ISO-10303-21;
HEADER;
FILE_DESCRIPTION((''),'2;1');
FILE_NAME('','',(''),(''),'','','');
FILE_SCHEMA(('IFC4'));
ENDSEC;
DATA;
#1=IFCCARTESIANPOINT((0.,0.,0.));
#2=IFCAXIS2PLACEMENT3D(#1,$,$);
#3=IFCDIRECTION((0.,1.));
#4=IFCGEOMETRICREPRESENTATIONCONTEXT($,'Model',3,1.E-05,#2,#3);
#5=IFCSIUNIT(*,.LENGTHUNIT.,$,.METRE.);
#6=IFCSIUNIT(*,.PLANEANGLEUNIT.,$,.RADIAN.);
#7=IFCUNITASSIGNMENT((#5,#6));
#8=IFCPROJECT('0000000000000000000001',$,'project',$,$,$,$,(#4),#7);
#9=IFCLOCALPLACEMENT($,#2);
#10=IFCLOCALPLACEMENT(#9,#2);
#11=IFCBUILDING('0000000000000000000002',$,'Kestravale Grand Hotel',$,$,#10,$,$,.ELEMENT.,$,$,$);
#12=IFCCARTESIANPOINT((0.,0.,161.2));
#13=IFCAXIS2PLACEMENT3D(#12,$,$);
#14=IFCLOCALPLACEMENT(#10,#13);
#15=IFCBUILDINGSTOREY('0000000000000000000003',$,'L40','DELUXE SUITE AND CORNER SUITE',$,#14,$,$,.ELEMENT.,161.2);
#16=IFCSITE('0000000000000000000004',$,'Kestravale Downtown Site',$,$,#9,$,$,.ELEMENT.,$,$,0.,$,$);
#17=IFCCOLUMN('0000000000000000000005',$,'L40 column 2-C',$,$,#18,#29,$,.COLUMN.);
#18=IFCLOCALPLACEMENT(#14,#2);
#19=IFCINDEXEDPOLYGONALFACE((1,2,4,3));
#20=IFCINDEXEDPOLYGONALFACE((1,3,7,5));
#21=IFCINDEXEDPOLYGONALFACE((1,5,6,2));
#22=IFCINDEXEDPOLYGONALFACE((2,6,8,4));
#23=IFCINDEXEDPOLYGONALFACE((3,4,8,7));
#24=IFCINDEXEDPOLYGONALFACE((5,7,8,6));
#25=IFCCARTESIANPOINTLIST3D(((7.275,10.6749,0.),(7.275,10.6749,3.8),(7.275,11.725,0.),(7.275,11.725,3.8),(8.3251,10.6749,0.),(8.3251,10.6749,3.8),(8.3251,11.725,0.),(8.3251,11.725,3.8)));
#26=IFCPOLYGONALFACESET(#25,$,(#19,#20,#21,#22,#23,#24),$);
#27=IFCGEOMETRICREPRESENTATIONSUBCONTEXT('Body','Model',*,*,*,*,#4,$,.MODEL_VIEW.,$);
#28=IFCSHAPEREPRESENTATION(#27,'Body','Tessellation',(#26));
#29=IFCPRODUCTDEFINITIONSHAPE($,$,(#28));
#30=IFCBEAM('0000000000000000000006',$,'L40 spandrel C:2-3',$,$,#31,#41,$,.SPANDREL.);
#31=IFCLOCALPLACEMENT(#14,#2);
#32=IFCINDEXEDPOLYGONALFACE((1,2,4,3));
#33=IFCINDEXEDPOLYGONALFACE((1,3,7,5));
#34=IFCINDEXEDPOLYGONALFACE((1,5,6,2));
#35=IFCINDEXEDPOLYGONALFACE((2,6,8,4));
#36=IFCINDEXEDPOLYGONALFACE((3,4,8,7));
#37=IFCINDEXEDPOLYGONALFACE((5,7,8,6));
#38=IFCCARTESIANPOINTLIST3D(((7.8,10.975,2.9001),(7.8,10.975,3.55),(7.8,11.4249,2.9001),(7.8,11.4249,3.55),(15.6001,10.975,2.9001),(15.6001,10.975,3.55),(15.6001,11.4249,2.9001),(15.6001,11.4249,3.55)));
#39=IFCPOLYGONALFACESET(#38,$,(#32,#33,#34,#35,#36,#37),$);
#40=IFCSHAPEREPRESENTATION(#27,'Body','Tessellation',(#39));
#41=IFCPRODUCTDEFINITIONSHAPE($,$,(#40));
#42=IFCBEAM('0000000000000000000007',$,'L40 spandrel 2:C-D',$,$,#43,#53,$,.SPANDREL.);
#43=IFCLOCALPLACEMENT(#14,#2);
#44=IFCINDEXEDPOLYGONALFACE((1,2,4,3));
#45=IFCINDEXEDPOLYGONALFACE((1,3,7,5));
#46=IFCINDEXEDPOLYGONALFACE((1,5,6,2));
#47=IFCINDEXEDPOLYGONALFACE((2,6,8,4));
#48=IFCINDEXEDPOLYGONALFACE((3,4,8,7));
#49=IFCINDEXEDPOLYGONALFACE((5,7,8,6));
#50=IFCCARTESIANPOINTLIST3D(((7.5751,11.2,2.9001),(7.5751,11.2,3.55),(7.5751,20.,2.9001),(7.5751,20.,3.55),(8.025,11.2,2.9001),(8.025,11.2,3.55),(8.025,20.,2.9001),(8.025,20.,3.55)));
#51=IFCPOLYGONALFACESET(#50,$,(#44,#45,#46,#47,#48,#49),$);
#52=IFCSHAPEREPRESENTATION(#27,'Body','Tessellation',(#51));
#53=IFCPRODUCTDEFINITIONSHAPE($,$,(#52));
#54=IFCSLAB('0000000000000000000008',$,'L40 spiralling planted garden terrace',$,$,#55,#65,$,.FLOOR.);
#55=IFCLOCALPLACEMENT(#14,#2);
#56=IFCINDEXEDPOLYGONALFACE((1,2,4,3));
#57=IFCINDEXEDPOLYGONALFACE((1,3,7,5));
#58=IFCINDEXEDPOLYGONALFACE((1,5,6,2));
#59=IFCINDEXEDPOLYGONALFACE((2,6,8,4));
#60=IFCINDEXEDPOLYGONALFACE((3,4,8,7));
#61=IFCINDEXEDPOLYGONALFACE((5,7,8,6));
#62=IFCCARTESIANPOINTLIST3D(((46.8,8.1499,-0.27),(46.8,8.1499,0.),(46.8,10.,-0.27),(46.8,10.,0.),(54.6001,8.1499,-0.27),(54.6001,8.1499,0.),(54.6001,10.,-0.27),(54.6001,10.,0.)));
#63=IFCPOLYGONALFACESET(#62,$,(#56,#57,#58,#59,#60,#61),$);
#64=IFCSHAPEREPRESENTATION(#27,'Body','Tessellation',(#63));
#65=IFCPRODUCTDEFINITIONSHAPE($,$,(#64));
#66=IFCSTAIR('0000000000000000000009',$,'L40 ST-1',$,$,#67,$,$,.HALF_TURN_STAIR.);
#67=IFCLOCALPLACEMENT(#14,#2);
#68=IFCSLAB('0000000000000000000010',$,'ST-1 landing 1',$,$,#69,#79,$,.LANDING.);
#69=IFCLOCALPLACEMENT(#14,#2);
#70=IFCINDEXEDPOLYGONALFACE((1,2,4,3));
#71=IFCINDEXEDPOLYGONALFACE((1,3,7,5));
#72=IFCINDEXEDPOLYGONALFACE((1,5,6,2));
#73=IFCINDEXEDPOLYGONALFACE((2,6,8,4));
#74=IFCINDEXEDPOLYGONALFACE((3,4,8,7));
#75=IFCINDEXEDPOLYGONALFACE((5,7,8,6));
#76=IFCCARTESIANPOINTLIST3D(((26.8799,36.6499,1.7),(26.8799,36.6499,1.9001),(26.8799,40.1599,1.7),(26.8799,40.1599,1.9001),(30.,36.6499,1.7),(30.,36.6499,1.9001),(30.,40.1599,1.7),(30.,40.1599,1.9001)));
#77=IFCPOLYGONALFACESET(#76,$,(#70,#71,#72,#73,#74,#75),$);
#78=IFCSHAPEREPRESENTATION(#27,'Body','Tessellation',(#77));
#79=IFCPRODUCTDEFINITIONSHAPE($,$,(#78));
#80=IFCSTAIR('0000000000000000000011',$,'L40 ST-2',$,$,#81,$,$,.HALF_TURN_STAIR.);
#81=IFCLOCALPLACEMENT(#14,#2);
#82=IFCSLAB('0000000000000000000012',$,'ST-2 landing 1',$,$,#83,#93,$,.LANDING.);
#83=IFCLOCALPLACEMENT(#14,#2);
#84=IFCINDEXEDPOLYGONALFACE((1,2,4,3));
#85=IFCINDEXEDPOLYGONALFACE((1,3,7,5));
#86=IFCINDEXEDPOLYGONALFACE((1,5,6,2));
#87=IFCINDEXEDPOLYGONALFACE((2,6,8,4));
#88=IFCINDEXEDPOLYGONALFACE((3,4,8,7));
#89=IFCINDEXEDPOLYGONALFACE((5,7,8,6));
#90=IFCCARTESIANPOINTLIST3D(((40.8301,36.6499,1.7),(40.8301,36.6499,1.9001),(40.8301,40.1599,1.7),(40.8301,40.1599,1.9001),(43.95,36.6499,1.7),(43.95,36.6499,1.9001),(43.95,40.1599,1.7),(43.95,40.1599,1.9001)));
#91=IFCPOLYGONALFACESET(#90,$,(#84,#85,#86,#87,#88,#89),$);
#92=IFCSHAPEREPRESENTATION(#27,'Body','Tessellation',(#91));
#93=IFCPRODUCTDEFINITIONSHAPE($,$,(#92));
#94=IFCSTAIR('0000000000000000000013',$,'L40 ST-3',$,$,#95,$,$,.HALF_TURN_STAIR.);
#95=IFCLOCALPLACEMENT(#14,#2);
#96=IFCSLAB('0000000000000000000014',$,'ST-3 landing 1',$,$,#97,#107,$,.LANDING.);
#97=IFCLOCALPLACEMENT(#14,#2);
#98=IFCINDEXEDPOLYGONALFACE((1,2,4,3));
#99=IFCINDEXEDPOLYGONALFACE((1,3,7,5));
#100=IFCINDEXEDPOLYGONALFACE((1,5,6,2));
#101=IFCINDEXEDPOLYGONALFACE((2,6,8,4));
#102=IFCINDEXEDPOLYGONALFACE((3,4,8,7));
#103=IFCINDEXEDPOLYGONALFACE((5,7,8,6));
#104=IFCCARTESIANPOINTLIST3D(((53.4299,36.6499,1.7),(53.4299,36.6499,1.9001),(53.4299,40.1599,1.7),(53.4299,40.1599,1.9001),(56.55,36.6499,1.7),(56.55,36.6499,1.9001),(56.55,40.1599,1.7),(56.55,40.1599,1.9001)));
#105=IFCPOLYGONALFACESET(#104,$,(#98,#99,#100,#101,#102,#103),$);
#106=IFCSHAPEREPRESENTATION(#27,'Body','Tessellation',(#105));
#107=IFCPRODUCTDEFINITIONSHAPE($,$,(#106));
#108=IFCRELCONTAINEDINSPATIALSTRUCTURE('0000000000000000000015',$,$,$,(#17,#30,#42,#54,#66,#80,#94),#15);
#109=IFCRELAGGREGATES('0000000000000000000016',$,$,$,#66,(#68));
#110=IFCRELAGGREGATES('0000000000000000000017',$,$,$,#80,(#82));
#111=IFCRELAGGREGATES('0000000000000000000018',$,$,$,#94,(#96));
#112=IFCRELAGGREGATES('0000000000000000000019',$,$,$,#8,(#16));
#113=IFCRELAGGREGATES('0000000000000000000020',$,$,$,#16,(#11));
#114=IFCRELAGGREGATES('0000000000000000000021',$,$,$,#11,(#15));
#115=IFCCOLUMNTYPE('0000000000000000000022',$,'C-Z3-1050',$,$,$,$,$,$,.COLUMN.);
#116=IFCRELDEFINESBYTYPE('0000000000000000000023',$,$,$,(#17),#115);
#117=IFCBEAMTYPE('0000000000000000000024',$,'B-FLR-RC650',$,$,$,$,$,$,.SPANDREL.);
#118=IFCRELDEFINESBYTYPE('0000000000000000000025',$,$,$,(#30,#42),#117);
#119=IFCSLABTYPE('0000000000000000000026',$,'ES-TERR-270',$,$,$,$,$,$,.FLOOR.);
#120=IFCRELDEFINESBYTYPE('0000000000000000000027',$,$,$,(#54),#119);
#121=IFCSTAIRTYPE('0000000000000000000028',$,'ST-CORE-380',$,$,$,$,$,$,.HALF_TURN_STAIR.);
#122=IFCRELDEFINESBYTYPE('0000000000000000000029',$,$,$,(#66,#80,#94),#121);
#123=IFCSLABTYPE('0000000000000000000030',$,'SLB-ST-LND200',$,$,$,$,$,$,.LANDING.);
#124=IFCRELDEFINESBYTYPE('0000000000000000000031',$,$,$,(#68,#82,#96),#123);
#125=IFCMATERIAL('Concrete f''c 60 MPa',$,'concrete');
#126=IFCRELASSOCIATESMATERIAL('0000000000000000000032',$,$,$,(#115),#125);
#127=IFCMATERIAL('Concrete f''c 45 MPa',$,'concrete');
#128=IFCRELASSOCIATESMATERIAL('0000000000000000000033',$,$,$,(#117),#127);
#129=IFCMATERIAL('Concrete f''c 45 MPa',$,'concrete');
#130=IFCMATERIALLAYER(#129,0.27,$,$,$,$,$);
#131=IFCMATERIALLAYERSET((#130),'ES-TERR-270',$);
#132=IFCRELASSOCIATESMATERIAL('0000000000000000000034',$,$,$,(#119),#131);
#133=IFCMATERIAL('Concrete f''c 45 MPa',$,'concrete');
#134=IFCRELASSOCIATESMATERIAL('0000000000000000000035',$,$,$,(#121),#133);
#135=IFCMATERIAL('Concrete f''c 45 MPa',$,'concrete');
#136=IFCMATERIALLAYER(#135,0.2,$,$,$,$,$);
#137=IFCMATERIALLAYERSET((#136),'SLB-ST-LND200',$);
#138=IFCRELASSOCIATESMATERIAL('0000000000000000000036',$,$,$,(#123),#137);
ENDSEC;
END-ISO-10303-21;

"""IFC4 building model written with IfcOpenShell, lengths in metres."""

from ifc_helpers import new_model, si_unit, direction, frame, origin, origin_2d, place, context, subcontext, project, spatial, polyline, rectangle, outline, extrude, material, layer, layer_set, material_profile, profile_set, type_object, element, aggregate, save


model = new_model("IFC4")

# Units and contexts
model_context = context("Model", 3, precision=1e-05, world=origin(), true_north=direction((0.0, 1.0)))
body_context = subcontext(model_context, "Body", "Model", "MODEL_VIEW")
ifc_project = project(units=[si_unit("LENGTHUNIT", "METRE"), si_unit("PLANEANGLEUNIT", "RADIAN")], contexts=[model_context])

# Site, building, storey
site_placement = place(None, origin())
site = spatial("IfcSite", under=ifc_project, at=site_placement, Name="Kestravale Downtown Site", CompositionType="ELEMENT", RefElevation=0.0)
building_placement = place(site_placement, origin())
building = spatial("IfcBuilding", under=site, at=building_placement, Name="Kestravale Grand Hotel", CompositionType="ELEMENT")
storey_placement = place(building_placement, frame((0.0, 0.0, 161.2)))
storey = spatial("IfcBuildingStorey", under=building, at=storey_placement, Name="L40", Description="DELUXE SUITE AND CORNER SUITE", CompositionType="ELEMENT", Elevation=161.2)

# Column
ifc_material_1 = material(Name="Concrete f'c 60 MPa", Category="concrete")
ifc_material_profile_1 = material_profile(ifc_material_1, rectangle(XDim=1.05, YDim=1.05, at=origin_2d()))
ifc_profile_set_1 = profile_set([ifc_material_profile_1], Name="Concrete f'c 60 MPa")
column_type = type_object("IfcColumnType", Name="C-Z3-1050", PredefinedType="COLUMN", material=ifc_profile_set_1)
column_placement = place(storey_placement, frame((7.8, 11.2, 0.0), z_axis=(0.0, 0.0, 1.0), x_axis=(1.0, 0.0, 0.0)))
element("IfcColumn", 1, at=column_placement, inside=storey, type_object=column_type, Name="L40 column 2-C", PredefinedType="COLUMN", context=body_context, shape_type="SweptSolid", body=[
    extrude(rectangle(XDim=1.05, YDim=1.05, at=origin_2d()), origin(), (0.0, 0.0, 1.0), 3.8),
])

# Beams
ifc_material_2 = material(Name="Concrete f'c 45 MPa", Category="concrete")
ifc_material_profile_2 = material_profile(ifc_material_2, rectangle(XDim=0.45, YDim=0.6499, at=origin_2d()))
ifc_profile_set_2 = profile_set([ifc_material_profile_2], Name="Concrete f'c 45 MPa")
beam_type = type_object("IfcBeamType", Name="B-FLR-RC650", PredefinedType="SPANDREL", material=ifc_profile_set_2)
beam_1_placement = place(storey_placement, frame((7.8, 11.2, 3.2251), z_axis=(1.0, 0.0, 0.0), x_axis=(0.0, 1.0, 0.0)))
element("IfcBeam", 2, at=beam_1_placement, inside=storey, type_object=beam_type, Name="L40 spandrel C:2-3", PredefinedType="SPANDREL", context=body_context, shape_type="SweptSolid", body=[
    extrude(rectangle(XDim=0.45, YDim=0.6499, at=origin_2d()), origin(), (0.0, 0.0, 1.0), 7.8),
])
beam_2_placement = place(storey_placement, frame((7.8, 11.2, 3.2251), z_axis=(0.0, 1.0, 0.0), x_axis=(-1.0, 0.0, 0.0)))
element("IfcBeam", 3, at=beam_2_placement, inside=storey, type_object=beam_type, Name="L40 spandrel 2:C-D", PredefinedType="SPANDREL", context=body_context, shape_type="SweptSolid", body=[
    extrude(rectangle(XDim=0.45, YDim=0.6499, at=origin_2d()), origin(), (0.0, 0.0, 1.0), 8.8),
])

# Slab
ifc_material_3 = material(Name="Concrete f'c 45 MPa", Category="concrete")
ifc_layer_1 = layer(ifc_material_3, 0.27)
ifc_layer_set_1 = layer_set([ifc_layer_1], Name="ES-TERR-270")
slab_type_1 = type_object("IfcSlabType", Name="ES-TERR-270", PredefinedType="FLOOR", material=ifc_layer_set_1)
slab_1_placement = place(storey_placement, frame((0.0, 0.0, -0.27)))
element("IfcSlab", 4, at=slab_1_placement, inside=storey, type_object=slab_type_1, Name="L40 spiralling planted garden terrace", PredefinedType="FLOOR", context=body_context, shape_type="SweptSolid", body=[
    extrude(outline(polyline([(46.8, 8.1499), (54.6001, 8.1499), (54.6001, 10.0), (46.8, 10.0), (46.8, 8.1499)])), origin(), (0.0, 0.0, 1.0), 0.27),
])

# Stairs, slabs
ifc_material_4 = material(Name="Concrete f'c 45 MPa", Category="concrete")
stair_type = type_object("IfcStairType", Name="ST-CORE-380", PredefinedType="HALF_TURN_STAIR", material=ifc_material_4)
stair_1_placement = place(storey_placement, origin())
stair_1 = element("IfcStair", 5, at=stair_1_placement, inside=storey, type_object=stair_type, Name="L40 ST-1", PredefinedType="HALF_TURN_STAIR")
ifc_material_5 = material(Name="Concrete f'c 45 MPa", Category="concrete")
ifc_layer_2 = layer(ifc_material_5, 0.2)
ifc_layer_set_2 = layer_set([ifc_layer_2], Name="SLB-ST-LND200")
slab_type_2 = type_object("IfcSlabType", Name="SLB-ST-LND200", PredefinedType="LANDING", material=ifc_layer_set_2)
slab_2_placement = place(storey_placement, frame((0.0, 0.0, 1.7)))
slab_2 = element("IfcSlab", 6, at=slab_2_placement, type_object=slab_type_2, Name="ST-1 landing 1", PredefinedType="LANDING", context=body_context, shape_type="SweptSolid", body=[
    extrude(outline(polyline([(26.8799, 36.6499), (30.0, 36.6499), (30.0, 40.1599), (26.8799, 40.1599), (26.8799, 36.6499)])), origin(), (0.0, 0.0, 1.0), 0.2002),
])
aggregate(stair_1, [slab_2])
stair_2_placement = place(storey_placement, origin())
stair_2 = element("IfcStair", 7, at=stair_2_placement, inside=storey, type_object=stair_type, Name="L40 ST-2", PredefinedType="HALF_TURN_STAIR")
slab_3_placement = place(storey_placement, frame((0.0, 0.0, 1.7)))
slab_3 = element("IfcSlab", 8, at=slab_3_placement, type_object=slab_type_2, Name="ST-2 landing 1", PredefinedType="LANDING", context=body_context, shape_type="SweptSolid", body=[
    extrude(outline(polyline([(40.8301, 36.6499), (43.95, 36.6499), (43.95, 40.1599), (40.8301, 40.1599), (40.8301, 36.6499)])), origin(), (0.0, 0.0, 1.0), 0.2002),
])
aggregate(stair_2, [slab_3])
stair_3_placement = place(storey_placement, origin())
stair_3 = element("IfcStair", 9, at=stair_3_placement, inside=storey, type_object=stair_type, Name="L40 ST-3", PredefinedType="HALF_TURN_STAIR")
slab_4_placement = place(storey_placement, frame((0.0, 0.0, 1.7)))
slab_4 = element("IfcSlab", 10, at=slab_4_placement, type_object=slab_type_2, Name="ST-3 landing 1", PredefinedType="LANDING", context=body_context, shape_type="SweptSolid", body=[
    extrude(outline(polyline([(53.4299, 36.6499), (56.55, 36.6499), (56.55, 40.1599), (53.4299, 40.1599), (53.4299, 36.6499)])), origin(), (0.0, 0.0, 1.0), 0.2002),
])
aggregate(stair_3, [slab_4])

save(model, "model.ifc")
